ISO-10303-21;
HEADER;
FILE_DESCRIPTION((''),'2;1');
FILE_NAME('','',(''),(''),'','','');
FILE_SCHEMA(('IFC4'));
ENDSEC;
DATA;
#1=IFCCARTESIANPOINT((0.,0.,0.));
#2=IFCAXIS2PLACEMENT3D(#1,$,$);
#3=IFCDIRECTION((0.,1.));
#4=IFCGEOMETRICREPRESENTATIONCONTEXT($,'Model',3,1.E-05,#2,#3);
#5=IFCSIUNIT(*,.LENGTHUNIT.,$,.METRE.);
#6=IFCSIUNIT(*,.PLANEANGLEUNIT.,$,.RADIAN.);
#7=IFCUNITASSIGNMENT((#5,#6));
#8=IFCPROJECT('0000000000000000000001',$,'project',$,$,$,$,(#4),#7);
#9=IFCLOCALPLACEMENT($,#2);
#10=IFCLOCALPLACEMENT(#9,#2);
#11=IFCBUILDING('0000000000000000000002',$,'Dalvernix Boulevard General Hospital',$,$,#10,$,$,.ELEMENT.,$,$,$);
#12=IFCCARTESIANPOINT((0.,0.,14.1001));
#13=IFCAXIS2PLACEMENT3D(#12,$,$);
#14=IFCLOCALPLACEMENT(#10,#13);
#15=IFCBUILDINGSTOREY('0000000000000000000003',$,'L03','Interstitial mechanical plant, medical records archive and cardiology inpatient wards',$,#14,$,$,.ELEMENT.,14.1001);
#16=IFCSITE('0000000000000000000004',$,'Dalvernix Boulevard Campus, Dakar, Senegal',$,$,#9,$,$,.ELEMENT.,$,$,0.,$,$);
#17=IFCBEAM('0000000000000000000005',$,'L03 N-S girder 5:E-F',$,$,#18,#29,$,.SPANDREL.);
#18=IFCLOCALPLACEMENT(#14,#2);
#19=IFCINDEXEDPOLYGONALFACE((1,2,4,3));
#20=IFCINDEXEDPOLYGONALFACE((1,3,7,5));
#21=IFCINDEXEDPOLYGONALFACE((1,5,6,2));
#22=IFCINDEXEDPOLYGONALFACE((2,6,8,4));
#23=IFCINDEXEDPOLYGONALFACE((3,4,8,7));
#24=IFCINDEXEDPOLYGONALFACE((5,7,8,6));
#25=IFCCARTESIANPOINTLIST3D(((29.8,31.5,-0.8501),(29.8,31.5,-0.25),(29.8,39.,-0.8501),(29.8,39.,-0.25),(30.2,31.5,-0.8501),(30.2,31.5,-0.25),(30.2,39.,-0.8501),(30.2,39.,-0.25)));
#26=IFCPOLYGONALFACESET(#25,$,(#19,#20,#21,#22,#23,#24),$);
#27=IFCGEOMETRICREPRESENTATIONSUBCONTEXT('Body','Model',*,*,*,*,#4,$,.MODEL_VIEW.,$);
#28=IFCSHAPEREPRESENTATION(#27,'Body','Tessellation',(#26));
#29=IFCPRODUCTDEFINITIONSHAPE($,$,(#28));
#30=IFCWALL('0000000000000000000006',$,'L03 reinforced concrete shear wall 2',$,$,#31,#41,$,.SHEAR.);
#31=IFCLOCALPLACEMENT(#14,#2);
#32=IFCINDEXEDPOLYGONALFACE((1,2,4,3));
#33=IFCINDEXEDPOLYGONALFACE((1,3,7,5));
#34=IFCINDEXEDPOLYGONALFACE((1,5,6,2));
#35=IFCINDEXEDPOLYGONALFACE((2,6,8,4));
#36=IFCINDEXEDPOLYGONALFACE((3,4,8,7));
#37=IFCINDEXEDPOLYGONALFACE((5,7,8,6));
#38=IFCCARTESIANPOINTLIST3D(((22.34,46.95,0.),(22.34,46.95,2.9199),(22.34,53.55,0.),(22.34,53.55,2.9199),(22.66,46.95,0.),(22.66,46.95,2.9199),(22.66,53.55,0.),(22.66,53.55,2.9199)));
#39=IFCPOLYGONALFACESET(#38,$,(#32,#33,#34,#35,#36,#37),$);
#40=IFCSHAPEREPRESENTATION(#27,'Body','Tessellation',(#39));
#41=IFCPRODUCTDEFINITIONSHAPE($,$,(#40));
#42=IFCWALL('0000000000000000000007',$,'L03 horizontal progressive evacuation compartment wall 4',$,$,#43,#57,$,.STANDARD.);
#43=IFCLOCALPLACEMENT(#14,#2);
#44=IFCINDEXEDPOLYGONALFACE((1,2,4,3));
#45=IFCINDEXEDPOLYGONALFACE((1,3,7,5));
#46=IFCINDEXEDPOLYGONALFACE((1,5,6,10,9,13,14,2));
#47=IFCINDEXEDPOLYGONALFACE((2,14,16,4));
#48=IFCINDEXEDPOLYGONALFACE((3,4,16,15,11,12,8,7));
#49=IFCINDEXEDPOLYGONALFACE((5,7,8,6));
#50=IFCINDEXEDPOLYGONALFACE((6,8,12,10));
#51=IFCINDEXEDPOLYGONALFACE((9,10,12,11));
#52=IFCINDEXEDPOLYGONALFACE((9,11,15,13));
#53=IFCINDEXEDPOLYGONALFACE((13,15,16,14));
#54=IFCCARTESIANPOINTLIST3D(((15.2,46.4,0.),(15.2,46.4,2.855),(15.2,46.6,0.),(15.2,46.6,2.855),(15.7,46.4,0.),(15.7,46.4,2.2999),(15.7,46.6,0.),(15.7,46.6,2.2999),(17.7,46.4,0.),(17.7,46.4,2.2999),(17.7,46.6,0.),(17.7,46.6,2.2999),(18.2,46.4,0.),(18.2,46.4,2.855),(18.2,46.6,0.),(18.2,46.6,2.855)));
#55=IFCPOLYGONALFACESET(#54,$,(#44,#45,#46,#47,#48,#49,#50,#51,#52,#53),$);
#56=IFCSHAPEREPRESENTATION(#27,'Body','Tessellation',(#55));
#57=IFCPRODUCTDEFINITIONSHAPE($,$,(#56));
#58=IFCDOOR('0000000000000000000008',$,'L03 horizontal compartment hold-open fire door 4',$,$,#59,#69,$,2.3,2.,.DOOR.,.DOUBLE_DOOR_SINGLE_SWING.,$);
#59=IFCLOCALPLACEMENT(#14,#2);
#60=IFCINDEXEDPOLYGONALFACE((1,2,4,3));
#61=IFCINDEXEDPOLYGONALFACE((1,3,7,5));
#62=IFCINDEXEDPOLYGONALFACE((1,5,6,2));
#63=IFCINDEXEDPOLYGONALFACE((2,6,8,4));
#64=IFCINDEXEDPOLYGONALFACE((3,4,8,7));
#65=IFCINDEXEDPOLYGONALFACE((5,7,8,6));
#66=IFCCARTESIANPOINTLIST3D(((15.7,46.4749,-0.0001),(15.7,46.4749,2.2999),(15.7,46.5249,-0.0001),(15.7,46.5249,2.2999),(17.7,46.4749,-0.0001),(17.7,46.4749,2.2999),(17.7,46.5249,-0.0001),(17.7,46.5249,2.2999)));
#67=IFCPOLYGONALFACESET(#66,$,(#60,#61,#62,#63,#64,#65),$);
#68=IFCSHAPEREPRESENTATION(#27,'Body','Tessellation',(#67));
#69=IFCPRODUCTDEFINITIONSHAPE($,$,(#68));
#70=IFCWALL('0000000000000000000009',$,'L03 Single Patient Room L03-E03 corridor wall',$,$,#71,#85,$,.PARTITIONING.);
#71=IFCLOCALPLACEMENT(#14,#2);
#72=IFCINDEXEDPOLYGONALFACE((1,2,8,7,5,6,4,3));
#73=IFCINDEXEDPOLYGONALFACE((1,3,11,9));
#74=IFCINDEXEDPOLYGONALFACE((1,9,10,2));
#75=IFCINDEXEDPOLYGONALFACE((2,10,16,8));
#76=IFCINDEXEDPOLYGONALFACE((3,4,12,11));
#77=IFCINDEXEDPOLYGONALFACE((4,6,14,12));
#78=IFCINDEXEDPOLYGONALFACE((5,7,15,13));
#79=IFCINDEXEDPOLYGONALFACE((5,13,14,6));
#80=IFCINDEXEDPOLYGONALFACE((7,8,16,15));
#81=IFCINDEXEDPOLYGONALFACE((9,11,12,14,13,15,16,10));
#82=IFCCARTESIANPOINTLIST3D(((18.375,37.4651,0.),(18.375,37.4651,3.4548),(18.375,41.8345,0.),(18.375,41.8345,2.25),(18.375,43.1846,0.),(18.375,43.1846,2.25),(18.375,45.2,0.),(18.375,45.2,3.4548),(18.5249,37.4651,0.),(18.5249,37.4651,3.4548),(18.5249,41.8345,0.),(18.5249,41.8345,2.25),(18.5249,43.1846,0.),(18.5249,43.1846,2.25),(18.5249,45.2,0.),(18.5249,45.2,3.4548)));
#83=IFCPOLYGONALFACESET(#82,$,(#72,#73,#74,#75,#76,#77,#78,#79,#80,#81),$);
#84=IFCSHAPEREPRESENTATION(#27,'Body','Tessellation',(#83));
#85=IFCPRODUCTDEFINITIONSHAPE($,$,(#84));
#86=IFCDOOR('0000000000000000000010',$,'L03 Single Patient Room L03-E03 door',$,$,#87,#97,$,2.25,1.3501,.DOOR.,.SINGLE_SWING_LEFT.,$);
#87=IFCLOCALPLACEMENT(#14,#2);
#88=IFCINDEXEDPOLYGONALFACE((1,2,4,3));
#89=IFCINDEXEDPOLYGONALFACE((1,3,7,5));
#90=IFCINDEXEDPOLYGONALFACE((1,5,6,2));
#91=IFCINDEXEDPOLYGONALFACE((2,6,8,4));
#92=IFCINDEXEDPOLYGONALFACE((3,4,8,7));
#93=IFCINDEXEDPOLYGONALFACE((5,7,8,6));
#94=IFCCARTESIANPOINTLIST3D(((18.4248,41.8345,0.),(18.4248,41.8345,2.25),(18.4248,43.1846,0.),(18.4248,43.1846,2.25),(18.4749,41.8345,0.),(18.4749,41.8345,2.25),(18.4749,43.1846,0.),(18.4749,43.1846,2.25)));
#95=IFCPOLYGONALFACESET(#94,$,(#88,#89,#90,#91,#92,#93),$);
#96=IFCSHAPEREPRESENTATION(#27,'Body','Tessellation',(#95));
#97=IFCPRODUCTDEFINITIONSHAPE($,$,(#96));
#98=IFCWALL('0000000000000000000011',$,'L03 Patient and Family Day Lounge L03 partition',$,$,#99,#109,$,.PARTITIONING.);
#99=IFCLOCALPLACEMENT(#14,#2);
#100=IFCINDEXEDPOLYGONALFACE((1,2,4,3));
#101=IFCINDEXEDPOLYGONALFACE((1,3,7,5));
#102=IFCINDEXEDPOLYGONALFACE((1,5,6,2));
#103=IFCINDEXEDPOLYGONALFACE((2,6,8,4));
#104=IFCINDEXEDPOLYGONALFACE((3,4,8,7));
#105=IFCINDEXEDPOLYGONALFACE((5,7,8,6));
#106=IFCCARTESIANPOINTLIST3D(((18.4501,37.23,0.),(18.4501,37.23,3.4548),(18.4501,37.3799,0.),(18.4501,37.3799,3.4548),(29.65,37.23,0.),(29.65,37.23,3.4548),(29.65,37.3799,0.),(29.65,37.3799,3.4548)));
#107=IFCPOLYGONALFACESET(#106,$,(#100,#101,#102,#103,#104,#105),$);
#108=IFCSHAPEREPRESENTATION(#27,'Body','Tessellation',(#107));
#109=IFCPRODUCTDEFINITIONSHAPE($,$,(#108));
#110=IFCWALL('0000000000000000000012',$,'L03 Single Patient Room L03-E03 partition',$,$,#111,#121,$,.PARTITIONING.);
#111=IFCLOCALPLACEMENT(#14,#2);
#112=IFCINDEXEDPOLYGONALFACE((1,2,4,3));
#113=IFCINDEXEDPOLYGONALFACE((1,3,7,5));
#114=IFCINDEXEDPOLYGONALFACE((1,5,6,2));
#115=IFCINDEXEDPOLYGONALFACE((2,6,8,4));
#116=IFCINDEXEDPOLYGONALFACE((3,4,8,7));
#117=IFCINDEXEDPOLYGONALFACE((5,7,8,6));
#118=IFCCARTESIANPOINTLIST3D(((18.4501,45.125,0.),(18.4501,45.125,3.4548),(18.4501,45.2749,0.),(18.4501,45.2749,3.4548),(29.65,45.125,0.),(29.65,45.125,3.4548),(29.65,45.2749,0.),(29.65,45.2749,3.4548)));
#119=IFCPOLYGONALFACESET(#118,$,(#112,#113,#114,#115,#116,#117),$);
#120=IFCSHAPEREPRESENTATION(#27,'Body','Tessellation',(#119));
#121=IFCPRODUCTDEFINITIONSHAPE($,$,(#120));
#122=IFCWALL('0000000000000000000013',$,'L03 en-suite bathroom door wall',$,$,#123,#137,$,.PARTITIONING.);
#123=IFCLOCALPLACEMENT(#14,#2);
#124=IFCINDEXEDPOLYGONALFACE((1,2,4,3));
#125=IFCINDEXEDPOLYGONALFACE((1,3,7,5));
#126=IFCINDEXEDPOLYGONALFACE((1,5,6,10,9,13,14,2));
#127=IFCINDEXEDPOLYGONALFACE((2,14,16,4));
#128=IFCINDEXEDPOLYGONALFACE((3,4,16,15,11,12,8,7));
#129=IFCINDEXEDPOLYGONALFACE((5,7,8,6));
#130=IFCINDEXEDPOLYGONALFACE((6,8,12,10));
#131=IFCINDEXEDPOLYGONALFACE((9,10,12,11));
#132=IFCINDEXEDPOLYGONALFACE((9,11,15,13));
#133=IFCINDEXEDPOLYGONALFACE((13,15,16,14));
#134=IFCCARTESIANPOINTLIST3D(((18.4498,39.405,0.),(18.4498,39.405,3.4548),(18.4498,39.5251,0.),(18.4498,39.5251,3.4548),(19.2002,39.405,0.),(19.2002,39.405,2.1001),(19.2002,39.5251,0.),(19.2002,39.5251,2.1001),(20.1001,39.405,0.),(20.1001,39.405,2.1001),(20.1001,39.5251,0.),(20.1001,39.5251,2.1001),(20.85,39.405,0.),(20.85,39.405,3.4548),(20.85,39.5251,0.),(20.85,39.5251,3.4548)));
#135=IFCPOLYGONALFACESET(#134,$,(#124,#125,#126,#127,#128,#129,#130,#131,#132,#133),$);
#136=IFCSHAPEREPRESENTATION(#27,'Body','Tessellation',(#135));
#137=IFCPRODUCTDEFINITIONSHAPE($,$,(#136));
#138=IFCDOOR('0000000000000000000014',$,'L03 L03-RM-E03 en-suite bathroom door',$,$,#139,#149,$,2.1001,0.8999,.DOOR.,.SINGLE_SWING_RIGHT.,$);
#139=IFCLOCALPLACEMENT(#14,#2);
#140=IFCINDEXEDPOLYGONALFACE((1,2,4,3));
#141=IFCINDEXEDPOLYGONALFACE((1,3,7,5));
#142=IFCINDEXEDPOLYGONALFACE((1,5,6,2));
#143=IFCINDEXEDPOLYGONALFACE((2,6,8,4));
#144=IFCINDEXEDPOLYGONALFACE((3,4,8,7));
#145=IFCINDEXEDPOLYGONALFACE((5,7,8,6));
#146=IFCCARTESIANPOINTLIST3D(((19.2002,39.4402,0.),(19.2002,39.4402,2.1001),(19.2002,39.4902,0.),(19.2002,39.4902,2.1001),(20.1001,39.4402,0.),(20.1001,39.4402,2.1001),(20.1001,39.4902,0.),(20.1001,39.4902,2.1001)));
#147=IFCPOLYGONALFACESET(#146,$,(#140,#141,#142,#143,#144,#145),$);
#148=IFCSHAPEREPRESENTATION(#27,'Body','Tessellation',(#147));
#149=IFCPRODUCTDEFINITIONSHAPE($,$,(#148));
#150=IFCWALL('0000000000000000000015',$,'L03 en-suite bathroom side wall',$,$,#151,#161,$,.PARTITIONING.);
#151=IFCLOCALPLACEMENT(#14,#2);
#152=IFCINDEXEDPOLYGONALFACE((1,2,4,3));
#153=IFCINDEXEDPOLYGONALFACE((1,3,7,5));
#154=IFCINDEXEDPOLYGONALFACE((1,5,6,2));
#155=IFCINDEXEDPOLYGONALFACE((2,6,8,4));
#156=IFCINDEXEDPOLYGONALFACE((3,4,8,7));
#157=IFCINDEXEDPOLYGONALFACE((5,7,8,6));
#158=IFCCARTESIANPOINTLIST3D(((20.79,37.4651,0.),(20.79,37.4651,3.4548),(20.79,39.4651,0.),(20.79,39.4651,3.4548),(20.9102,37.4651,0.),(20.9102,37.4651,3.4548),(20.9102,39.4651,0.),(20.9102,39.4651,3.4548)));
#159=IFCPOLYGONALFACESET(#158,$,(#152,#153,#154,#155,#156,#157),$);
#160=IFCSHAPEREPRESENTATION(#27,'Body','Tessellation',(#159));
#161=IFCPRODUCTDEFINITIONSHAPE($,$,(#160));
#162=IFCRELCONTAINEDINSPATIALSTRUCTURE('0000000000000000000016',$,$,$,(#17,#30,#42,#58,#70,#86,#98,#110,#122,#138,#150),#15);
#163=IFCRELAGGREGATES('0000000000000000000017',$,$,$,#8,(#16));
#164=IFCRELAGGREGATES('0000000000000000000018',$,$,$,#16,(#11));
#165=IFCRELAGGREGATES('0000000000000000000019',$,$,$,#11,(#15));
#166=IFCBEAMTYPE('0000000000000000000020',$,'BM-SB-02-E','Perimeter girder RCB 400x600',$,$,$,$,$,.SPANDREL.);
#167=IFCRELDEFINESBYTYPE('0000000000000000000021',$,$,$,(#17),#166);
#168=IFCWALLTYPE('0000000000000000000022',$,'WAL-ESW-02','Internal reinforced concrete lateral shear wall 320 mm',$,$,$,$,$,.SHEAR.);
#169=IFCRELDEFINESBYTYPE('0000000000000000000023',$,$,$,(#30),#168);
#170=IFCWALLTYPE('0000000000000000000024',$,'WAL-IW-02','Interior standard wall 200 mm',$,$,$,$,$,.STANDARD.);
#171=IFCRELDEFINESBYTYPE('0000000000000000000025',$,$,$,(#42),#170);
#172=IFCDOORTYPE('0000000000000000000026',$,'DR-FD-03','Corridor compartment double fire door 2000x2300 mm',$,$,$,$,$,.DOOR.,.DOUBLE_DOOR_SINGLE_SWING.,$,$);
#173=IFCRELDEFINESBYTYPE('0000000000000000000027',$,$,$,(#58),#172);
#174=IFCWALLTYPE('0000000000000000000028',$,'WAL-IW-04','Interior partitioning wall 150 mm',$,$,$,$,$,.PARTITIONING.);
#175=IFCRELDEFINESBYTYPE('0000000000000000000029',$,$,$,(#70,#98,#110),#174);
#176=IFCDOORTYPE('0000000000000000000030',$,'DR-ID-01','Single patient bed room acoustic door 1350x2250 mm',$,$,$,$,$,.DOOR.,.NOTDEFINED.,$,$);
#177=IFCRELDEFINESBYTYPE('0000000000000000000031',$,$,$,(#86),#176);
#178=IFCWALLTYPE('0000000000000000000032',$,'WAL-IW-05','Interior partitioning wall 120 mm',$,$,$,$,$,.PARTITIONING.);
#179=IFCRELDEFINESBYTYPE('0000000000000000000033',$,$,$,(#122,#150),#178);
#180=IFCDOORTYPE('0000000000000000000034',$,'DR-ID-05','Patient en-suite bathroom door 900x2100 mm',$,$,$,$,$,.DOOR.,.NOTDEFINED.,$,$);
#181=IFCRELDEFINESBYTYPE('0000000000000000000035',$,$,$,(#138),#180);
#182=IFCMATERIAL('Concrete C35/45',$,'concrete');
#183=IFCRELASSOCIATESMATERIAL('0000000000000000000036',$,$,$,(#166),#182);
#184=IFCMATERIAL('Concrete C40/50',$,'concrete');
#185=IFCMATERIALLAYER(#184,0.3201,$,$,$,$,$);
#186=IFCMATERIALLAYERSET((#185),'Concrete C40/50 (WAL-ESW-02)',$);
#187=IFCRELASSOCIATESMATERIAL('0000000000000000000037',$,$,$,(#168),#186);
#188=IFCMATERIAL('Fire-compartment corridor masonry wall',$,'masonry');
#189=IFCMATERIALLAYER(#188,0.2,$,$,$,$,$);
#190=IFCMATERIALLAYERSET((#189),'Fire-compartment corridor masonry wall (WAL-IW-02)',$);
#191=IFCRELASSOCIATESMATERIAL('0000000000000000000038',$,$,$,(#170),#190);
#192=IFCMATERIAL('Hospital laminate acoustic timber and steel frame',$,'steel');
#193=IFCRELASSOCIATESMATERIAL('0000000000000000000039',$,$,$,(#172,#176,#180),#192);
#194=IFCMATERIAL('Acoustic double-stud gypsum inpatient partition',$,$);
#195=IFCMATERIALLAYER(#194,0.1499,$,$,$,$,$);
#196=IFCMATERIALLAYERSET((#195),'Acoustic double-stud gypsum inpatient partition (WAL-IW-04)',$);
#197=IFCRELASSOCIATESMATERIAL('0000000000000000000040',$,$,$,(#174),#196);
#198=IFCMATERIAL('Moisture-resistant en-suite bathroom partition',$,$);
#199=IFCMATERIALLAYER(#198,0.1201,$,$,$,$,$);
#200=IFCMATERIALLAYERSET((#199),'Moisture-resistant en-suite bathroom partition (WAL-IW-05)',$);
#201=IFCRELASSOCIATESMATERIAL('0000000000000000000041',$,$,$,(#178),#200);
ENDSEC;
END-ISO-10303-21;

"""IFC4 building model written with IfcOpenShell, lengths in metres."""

from ifc_helpers import new_model, si_unit, direction, frame, frame_2d, origin, origin_2d, place, context, subcontext, project, spatial, rectangle, extrude, material, layer, layer_set, material_profile, profile_set, type_object, element, fill, save


model = new_model("IFC4")

# Units and contexts
model_context = context("Model", 3, precision=1e-05, world=origin(), true_north=direction((0.0, 1.0)))
body_context = subcontext(model_context, "Body", "Model", "MODEL_VIEW")
ifc_project = project(units=[si_unit("LENGTHUNIT", "METRE"), si_unit("PLANEANGLEUNIT", "RADIAN")], contexts=[model_context])

# Site, building, storey
site_placement = place(None, origin())
site = spatial("IfcSite", under=ifc_project, at=site_placement, Name="Dalvernix Boulevard Campus, Dakar, Senegal", CompositionType="ELEMENT", RefElevation=0.0)
building_placement = place(site_placement, origin())
building = spatial("IfcBuilding", under=site, at=building_placement, Name="Dalvernix Boulevard General Hospital", CompositionType="ELEMENT")
storey_placement = place(building_placement, frame((0.0, 0.0, 14.1001)))
storey = spatial("IfcBuildingStorey", under=building, at=storey_placement, Name="L03", Description="Interstitial mechanical plant, medical records archive and cardiology inpatient wards", CompositionType="ELEMENT", Elevation=14.1001)

# Shared definitions
ifc_material_1 = material(Name="Concrete C40/50", Category="concrete")

# Beam
ifc_material_2 = material(Name="Concrete C35/45", Category="concrete")
ifc_material_profile_1 = material_profile(ifc_material_2, rectangle(XDim=0.3999, YDim=0.6001, at=origin_2d()), Name="RCB 400x600")
ifc_profile_set_1 = profile_set([ifc_material_profile_1], Name="Concrete C35/45")
beam_type_1 = type_object("IfcBeamType", Name="BM-SB-02-E", Description="Perimeter girder RCB 400x600", PredefinedType="SPANDREL", material=ifc_profile_set_1)
beam_placement = place(storey_placement, frame((30.0, 31.5, -0.55), z_axis=(0.0, 1.0, 0.0), x_axis=(-1.0, 0.0, 0.0)))
element("IfcBeam", 1, at=beam_placement, inside=storey, type_object=beam_type_1, Name="L03 N-S girder 5:E-F", PredefinedType="SPANDREL", context=body_context, shape_type="SweptSolid", body=[
    extrude(rectangle(XDim=0.3999, YDim=0.6001, at=origin_2d()), origin(), (0.0, 0.0, 1.0), 7.5),
])

# Wall
ifc_layer_1 = layer(ifc_material_1, 0.3201)
ifc_layer_set_1 = layer_set([ifc_layer_1], Name="Concrete C40/50 (WAL-ESW-02)")
wall_type_1 = type_object("IfcWallType", Name="WAL-ESW-02", Description="Internal reinforced concrete lateral shear wall 320 mm", PredefinedType="SHEAR", material=ifc_layer_set_1)
wall_1_placement = place(storey_placement, frame((22.5, 46.95, 0.0), z_axis=(0.0, 0.0, 1.0), x_axis=(0.0, 1.0, 0.0)))
element("IfcWall", 2, at=wall_1_placement, inside=storey, type_object=wall_type_1, Name="L03 reinforced concrete shear wall 2", PredefinedType="SHEAR", context=body_context, shape_type="SweptSolid", body=[
    extrude(rectangle(XDim=6.6001, YDim=0.3201, at=frame_2d((3.3, 0.0))), origin(), (0.0, 0.0, 1.0), 2.9199),
])

# Walls, openings, doors
ifc_material_3 = material(Name="Fire-compartment corridor masonry wall", Category="masonry")
ifc_layer_2 = layer(ifc_material_3, 0.2)
ifc_layer_set_2 = layer_set([ifc_layer_2], Name="Fire-compartment corridor masonry wall (WAL-IW-02)")
wall_type_2 = type_object("IfcWallType", Name="WAL-IW-02", Description="Interior standard wall 200 mm", PredefinedType="STANDARD", material=ifc_layer_set_2)
wall_2_placement = place(storey_placement, frame((15.2, 46.5, 0.0), z_axis=(0.0, 0.0, 1.0), x_axis=(1.0, 0.0, 0.0)))
wall_2 = element("IfcWall", 3, at=wall_2_placement, inside=storey, type_object=wall_type_2, Name="L03 horizontal progressive evacuation compartment wall 4", PredefinedType="STANDARD", context=body_context, shape_type="SweptSolid", body=[
    extrude(rectangle(XDim=3.0, YDim=0.2, at=frame_2d((1.5, 0.0))), origin(), (0.0, 0.0, 1.0), 2.855),
])
opening_1_placement = place(wall_2_placement, frame((0.5, 0.0, 0.0)))
opening_1 = element("IfcOpeningElement", 4, at=opening_1_placement, cuts=wall_2, PredefinedType="OPENING", context=body_context, shape_type="SweptSolid", body=[
    extrude(rectangle(XDim=2.0, YDim=2.3, at=frame_2d((1.0, 1.1499))), frame((0.0, 0.1099, 0.0), z_axis=(0.0, -1.0, 0.0), x_axis=(1.0, 0.0, 0.0)), (0.0, 0.0, 1.0), 0.22),
])
ifc_material_4 = material(Name="Hospital laminate acoustic timber and steel frame", Category="steel")
door_type_1 = type_object("IfcDoorType", Name="DR-FD-03", Description="Corridor compartment double fire door 2000x2300 mm", OperationType="DOUBLE_DOOR_SINGLE_SWING", PredefinedType="DOOR", material=ifc_material_4)
door_1_placement = place(opening_1_placement, origin())
door_1 = element("IfcDoor", 5, at=door_1_placement, inside=storey, type_object=door_type_1, Name="L03 horizontal compartment hold-open fire door 4", OperationType="DOUBLE_DOOR_SINGLE_SWING", OverallHeight=2.3, OverallWidth=2.0, PredefinedType="DOOR", context=body_context, shape_type="SweptSolid", body=[
    extrude(rectangle(XDim=2.0, YDim=2.3, at=frame_2d((1.0, 1.1499))), frame((0.0, 0.0249, 0.0), z_axis=(0.0, -1.0, 0.0), x_axis=(1.0, 0.0, 0.0)), (0.0, 0.0, 1.0), 0.05),
])
fill(opening_1, door_1)
ifc_material_5 = material(Name="Acoustic double-stud gypsum inpatient partition")
ifc_layer_3 = layer(ifc_material_5, 0.1499)
ifc_layer_set_3 = layer_set([ifc_layer_3], Name="Acoustic double-stud gypsum inpatient partition (WAL-IW-04)")
wall_type_3 = type_object("IfcWallType", Name="WAL-IW-04", Description="Interior partitioning wall 150 mm", PredefinedType="PARTITIONING", material=ifc_layer_set_3)
wall_3_placement = place(storey_placement, frame((18.45, 45.2, 0.0), z_axis=(0.0, 0.0, 1.0), x_axis=(0.0, -1.0, 0.0)))
wall_3 = element("IfcWall", 6, at=wall_3_placement, inside=storey, type_object=wall_type_3, Name="L03 Single Patient Room L03-E03 corridor wall", PredefinedType="PARTITIONING", context=body_context, shape_type="SweptSolid", body=[
    extrude(rectangle(XDim=7.7349, YDim=0.1499, at=frame_2d((3.8674, 0.0))), origin(), (0.0, 0.0, 1.0), 3.4548),
])
opening_2_placement = place(wall_3_placement, frame((2.0154, 0.0, 0.0)))
opening_2 = element("IfcOpeningElement", 7, at=opening_2_placement, cuts=wall_3, PredefinedType="OPENING", context=body_context, shape_type="SweptSolid", body=[
    extrude(rectangle(XDim=1.3501, YDim=2.25, at=frame_2d((0.675, 1.125))), frame((0.0, 0.085, 0.0), z_axis=(0.0, -1.0, 0.0), x_axis=(1.0, 0.0, 0.0)), (0.0, 0.0, 1.0), 0.1699),
])
door_type_2 = type_object("IfcDoorType", Name="DR-ID-01", Description="Single patient bed room acoustic door 1350x2250 mm", OperationType="NOTDEFINED", PredefinedType="DOOR", material=ifc_material_4)
door_2_placement = place(opening_2_placement, origin())
door_2 = element("IfcDoor", 8, at=door_2_placement, inside=storey, type_object=door_type_2, Name="L03 Single Patient Room L03-E03 door", OperationType="SINGLE_SWING_LEFT", OverallHeight=2.25, OverallWidth=1.3501, PredefinedType="DOOR", context=body_context, shape_type="SweptSolid", body=[
    extrude(rectangle(XDim=1.3501, YDim=2.25, at=frame_2d((0.675, 1.125))), frame((0.0, 0.0249, 0.0), z_axis=(0.0, -1.0, 0.0), x_axis=(1.0, 0.0, 0.0)), (0.0, 0.0, 1.0), 0.05),
])
fill(opening_2, door_2)

# Walls
for number, where, z_axis, x_axis, name in (
    (9, (18.45, 37.3049, 0.0), (0.0, 0.0, 1.0), (1.0, 0.0, 0.0), "L03 Patient and Family Day Lounge L03 partition"),
    (10, (18.45, 45.2, 0.0), (0.0, 0.0, 1.0), (1.0, 0.0, 0.0), "L03 Single Patient Room L03-E03 partition"),
):
    element("IfcWall", number, at=place(storey_placement, frame(where, z_axis=z_axis, x_axis=x_axis)), inside=storey, type_object=wall_type_3, Name=name, PredefinedType="PARTITIONING", context=body_context, shape_type="SweptSolid", body=[
        extrude(rectangle(XDim=11.2, YDim=0.1499, at=frame_2d((5.6001, 0.0))), origin(), (0.0, 0.0, 1.0), 3.4548),
    ])

# Wall, opening, door
ifc_material_6 = material(Name="Moisture-resistant en-suite bathroom partition")
ifc_layer_4 = layer(ifc_material_6, 0.1201)
ifc_layer_set_4 = layer_set([ifc_layer_4], Name="Moisture-resistant en-suite bathroom partition (WAL-IW-05)")
wall_type_4 = type_object("IfcWallType", Name="WAL-IW-05", Description="Interior partitioning wall 120 mm", PredefinedType="PARTITIONING", material=ifc_layer_set_4)
wall_4_placement = place(storey_placement, frame((20.8501, 39.4651, 0.0), z_axis=(0.0, 0.0, 1.0), x_axis=(-1.0, 0.0, 0.0)))
wall_4 = element("IfcWall", 11, at=wall_4_placement, inside=storey, type_object=wall_type_4, Name="L03 en-suite bathroom door wall", PredefinedType="PARTITIONING", context=body_context, shape_type="SweptSolid", body=[
    extrude(rectangle(XDim=2.4001, YDim=0.1201, at=frame_2d((1.2002, 0.0))), origin(), (0.0, 0.0, 1.0), 3.4548),
])
opening_3_placement = place(wall_4_placement, frame((0.75, 0.0, 0.0)))
opening_3 = element("IfcOpeningElement", 12, at=opening_3_placement, cuts=wall_4, PredefinedType="OPENING", context=body_context, shape_type="SweptSolid", body=[
    extrude(rectangle(XDim=0.8999, YDim=2.1001, at=frame_2d((0.45, 1.05))), frame((0.0, 0.0701, 0.0), z_axis=(0.0, -1.0, 0.0), x_axis=(1.0, 0.0, 0.0)), (0.0, 0.0, 1.0), 0.1401),
])
door_type_3 = type_object("IfcDoorType", Name="DR-ID-05", Description="Patient en-suite bathroom door 900x2100 mm", OperationType="NOTDEFINED", PredefinedType="DOOR", material=ifc_material_4)
door_3_placement = place(opening_3_placement, origin())
door_3 = element("IfcDoor", 13, at=door_3_placement, inside=storey, type_object=door_type_3, Name="L03 L03-RM-E03 en-suite bathroom door", OperationType="SINGLE_SWING_RIGHT", OverallHeight=2.1001, OverallWidth=0.8999, PredefinedType="DOOR", context=body_context, shape_type="SweptSolid", body=[
    extrude(rectangle(XDim=0.8999, YDim=2.1001, at=frame_2d((0.45, 1.05))), frame((0.0, 0.0249, 0.0), z_axis=(0.0, -1.0, 0.0), x_axis=(1.0, 0.0, 0.0)), (0.0, 0.0, 1.0), 0.05),
])
fill(opening_3, door_3)

# Wall
wall_5_placement = place(storey_placement, frame((20.8501, 37.4651, 0.0), z_axis=(0.0, 0.0, 1.0), x_axis=(0.0, 1.0, 0.0)))
element("IfcWall", 14, at=wall_5_placement, inside=storey, type_object=wall_type_4, Name="L03 en-suite bathroom side wall", PredefinedType="PARTITIONING", context=body_context, shape_type="SweptSolid", body=[
    extrude(rectangle(XDim=2.0, YDim=0.1201, at=frame_2d((1.0, 0.0))), origin(), (0.0, 0.0, 1.0), 3.4548),
])

save(model, "model.ifc")
